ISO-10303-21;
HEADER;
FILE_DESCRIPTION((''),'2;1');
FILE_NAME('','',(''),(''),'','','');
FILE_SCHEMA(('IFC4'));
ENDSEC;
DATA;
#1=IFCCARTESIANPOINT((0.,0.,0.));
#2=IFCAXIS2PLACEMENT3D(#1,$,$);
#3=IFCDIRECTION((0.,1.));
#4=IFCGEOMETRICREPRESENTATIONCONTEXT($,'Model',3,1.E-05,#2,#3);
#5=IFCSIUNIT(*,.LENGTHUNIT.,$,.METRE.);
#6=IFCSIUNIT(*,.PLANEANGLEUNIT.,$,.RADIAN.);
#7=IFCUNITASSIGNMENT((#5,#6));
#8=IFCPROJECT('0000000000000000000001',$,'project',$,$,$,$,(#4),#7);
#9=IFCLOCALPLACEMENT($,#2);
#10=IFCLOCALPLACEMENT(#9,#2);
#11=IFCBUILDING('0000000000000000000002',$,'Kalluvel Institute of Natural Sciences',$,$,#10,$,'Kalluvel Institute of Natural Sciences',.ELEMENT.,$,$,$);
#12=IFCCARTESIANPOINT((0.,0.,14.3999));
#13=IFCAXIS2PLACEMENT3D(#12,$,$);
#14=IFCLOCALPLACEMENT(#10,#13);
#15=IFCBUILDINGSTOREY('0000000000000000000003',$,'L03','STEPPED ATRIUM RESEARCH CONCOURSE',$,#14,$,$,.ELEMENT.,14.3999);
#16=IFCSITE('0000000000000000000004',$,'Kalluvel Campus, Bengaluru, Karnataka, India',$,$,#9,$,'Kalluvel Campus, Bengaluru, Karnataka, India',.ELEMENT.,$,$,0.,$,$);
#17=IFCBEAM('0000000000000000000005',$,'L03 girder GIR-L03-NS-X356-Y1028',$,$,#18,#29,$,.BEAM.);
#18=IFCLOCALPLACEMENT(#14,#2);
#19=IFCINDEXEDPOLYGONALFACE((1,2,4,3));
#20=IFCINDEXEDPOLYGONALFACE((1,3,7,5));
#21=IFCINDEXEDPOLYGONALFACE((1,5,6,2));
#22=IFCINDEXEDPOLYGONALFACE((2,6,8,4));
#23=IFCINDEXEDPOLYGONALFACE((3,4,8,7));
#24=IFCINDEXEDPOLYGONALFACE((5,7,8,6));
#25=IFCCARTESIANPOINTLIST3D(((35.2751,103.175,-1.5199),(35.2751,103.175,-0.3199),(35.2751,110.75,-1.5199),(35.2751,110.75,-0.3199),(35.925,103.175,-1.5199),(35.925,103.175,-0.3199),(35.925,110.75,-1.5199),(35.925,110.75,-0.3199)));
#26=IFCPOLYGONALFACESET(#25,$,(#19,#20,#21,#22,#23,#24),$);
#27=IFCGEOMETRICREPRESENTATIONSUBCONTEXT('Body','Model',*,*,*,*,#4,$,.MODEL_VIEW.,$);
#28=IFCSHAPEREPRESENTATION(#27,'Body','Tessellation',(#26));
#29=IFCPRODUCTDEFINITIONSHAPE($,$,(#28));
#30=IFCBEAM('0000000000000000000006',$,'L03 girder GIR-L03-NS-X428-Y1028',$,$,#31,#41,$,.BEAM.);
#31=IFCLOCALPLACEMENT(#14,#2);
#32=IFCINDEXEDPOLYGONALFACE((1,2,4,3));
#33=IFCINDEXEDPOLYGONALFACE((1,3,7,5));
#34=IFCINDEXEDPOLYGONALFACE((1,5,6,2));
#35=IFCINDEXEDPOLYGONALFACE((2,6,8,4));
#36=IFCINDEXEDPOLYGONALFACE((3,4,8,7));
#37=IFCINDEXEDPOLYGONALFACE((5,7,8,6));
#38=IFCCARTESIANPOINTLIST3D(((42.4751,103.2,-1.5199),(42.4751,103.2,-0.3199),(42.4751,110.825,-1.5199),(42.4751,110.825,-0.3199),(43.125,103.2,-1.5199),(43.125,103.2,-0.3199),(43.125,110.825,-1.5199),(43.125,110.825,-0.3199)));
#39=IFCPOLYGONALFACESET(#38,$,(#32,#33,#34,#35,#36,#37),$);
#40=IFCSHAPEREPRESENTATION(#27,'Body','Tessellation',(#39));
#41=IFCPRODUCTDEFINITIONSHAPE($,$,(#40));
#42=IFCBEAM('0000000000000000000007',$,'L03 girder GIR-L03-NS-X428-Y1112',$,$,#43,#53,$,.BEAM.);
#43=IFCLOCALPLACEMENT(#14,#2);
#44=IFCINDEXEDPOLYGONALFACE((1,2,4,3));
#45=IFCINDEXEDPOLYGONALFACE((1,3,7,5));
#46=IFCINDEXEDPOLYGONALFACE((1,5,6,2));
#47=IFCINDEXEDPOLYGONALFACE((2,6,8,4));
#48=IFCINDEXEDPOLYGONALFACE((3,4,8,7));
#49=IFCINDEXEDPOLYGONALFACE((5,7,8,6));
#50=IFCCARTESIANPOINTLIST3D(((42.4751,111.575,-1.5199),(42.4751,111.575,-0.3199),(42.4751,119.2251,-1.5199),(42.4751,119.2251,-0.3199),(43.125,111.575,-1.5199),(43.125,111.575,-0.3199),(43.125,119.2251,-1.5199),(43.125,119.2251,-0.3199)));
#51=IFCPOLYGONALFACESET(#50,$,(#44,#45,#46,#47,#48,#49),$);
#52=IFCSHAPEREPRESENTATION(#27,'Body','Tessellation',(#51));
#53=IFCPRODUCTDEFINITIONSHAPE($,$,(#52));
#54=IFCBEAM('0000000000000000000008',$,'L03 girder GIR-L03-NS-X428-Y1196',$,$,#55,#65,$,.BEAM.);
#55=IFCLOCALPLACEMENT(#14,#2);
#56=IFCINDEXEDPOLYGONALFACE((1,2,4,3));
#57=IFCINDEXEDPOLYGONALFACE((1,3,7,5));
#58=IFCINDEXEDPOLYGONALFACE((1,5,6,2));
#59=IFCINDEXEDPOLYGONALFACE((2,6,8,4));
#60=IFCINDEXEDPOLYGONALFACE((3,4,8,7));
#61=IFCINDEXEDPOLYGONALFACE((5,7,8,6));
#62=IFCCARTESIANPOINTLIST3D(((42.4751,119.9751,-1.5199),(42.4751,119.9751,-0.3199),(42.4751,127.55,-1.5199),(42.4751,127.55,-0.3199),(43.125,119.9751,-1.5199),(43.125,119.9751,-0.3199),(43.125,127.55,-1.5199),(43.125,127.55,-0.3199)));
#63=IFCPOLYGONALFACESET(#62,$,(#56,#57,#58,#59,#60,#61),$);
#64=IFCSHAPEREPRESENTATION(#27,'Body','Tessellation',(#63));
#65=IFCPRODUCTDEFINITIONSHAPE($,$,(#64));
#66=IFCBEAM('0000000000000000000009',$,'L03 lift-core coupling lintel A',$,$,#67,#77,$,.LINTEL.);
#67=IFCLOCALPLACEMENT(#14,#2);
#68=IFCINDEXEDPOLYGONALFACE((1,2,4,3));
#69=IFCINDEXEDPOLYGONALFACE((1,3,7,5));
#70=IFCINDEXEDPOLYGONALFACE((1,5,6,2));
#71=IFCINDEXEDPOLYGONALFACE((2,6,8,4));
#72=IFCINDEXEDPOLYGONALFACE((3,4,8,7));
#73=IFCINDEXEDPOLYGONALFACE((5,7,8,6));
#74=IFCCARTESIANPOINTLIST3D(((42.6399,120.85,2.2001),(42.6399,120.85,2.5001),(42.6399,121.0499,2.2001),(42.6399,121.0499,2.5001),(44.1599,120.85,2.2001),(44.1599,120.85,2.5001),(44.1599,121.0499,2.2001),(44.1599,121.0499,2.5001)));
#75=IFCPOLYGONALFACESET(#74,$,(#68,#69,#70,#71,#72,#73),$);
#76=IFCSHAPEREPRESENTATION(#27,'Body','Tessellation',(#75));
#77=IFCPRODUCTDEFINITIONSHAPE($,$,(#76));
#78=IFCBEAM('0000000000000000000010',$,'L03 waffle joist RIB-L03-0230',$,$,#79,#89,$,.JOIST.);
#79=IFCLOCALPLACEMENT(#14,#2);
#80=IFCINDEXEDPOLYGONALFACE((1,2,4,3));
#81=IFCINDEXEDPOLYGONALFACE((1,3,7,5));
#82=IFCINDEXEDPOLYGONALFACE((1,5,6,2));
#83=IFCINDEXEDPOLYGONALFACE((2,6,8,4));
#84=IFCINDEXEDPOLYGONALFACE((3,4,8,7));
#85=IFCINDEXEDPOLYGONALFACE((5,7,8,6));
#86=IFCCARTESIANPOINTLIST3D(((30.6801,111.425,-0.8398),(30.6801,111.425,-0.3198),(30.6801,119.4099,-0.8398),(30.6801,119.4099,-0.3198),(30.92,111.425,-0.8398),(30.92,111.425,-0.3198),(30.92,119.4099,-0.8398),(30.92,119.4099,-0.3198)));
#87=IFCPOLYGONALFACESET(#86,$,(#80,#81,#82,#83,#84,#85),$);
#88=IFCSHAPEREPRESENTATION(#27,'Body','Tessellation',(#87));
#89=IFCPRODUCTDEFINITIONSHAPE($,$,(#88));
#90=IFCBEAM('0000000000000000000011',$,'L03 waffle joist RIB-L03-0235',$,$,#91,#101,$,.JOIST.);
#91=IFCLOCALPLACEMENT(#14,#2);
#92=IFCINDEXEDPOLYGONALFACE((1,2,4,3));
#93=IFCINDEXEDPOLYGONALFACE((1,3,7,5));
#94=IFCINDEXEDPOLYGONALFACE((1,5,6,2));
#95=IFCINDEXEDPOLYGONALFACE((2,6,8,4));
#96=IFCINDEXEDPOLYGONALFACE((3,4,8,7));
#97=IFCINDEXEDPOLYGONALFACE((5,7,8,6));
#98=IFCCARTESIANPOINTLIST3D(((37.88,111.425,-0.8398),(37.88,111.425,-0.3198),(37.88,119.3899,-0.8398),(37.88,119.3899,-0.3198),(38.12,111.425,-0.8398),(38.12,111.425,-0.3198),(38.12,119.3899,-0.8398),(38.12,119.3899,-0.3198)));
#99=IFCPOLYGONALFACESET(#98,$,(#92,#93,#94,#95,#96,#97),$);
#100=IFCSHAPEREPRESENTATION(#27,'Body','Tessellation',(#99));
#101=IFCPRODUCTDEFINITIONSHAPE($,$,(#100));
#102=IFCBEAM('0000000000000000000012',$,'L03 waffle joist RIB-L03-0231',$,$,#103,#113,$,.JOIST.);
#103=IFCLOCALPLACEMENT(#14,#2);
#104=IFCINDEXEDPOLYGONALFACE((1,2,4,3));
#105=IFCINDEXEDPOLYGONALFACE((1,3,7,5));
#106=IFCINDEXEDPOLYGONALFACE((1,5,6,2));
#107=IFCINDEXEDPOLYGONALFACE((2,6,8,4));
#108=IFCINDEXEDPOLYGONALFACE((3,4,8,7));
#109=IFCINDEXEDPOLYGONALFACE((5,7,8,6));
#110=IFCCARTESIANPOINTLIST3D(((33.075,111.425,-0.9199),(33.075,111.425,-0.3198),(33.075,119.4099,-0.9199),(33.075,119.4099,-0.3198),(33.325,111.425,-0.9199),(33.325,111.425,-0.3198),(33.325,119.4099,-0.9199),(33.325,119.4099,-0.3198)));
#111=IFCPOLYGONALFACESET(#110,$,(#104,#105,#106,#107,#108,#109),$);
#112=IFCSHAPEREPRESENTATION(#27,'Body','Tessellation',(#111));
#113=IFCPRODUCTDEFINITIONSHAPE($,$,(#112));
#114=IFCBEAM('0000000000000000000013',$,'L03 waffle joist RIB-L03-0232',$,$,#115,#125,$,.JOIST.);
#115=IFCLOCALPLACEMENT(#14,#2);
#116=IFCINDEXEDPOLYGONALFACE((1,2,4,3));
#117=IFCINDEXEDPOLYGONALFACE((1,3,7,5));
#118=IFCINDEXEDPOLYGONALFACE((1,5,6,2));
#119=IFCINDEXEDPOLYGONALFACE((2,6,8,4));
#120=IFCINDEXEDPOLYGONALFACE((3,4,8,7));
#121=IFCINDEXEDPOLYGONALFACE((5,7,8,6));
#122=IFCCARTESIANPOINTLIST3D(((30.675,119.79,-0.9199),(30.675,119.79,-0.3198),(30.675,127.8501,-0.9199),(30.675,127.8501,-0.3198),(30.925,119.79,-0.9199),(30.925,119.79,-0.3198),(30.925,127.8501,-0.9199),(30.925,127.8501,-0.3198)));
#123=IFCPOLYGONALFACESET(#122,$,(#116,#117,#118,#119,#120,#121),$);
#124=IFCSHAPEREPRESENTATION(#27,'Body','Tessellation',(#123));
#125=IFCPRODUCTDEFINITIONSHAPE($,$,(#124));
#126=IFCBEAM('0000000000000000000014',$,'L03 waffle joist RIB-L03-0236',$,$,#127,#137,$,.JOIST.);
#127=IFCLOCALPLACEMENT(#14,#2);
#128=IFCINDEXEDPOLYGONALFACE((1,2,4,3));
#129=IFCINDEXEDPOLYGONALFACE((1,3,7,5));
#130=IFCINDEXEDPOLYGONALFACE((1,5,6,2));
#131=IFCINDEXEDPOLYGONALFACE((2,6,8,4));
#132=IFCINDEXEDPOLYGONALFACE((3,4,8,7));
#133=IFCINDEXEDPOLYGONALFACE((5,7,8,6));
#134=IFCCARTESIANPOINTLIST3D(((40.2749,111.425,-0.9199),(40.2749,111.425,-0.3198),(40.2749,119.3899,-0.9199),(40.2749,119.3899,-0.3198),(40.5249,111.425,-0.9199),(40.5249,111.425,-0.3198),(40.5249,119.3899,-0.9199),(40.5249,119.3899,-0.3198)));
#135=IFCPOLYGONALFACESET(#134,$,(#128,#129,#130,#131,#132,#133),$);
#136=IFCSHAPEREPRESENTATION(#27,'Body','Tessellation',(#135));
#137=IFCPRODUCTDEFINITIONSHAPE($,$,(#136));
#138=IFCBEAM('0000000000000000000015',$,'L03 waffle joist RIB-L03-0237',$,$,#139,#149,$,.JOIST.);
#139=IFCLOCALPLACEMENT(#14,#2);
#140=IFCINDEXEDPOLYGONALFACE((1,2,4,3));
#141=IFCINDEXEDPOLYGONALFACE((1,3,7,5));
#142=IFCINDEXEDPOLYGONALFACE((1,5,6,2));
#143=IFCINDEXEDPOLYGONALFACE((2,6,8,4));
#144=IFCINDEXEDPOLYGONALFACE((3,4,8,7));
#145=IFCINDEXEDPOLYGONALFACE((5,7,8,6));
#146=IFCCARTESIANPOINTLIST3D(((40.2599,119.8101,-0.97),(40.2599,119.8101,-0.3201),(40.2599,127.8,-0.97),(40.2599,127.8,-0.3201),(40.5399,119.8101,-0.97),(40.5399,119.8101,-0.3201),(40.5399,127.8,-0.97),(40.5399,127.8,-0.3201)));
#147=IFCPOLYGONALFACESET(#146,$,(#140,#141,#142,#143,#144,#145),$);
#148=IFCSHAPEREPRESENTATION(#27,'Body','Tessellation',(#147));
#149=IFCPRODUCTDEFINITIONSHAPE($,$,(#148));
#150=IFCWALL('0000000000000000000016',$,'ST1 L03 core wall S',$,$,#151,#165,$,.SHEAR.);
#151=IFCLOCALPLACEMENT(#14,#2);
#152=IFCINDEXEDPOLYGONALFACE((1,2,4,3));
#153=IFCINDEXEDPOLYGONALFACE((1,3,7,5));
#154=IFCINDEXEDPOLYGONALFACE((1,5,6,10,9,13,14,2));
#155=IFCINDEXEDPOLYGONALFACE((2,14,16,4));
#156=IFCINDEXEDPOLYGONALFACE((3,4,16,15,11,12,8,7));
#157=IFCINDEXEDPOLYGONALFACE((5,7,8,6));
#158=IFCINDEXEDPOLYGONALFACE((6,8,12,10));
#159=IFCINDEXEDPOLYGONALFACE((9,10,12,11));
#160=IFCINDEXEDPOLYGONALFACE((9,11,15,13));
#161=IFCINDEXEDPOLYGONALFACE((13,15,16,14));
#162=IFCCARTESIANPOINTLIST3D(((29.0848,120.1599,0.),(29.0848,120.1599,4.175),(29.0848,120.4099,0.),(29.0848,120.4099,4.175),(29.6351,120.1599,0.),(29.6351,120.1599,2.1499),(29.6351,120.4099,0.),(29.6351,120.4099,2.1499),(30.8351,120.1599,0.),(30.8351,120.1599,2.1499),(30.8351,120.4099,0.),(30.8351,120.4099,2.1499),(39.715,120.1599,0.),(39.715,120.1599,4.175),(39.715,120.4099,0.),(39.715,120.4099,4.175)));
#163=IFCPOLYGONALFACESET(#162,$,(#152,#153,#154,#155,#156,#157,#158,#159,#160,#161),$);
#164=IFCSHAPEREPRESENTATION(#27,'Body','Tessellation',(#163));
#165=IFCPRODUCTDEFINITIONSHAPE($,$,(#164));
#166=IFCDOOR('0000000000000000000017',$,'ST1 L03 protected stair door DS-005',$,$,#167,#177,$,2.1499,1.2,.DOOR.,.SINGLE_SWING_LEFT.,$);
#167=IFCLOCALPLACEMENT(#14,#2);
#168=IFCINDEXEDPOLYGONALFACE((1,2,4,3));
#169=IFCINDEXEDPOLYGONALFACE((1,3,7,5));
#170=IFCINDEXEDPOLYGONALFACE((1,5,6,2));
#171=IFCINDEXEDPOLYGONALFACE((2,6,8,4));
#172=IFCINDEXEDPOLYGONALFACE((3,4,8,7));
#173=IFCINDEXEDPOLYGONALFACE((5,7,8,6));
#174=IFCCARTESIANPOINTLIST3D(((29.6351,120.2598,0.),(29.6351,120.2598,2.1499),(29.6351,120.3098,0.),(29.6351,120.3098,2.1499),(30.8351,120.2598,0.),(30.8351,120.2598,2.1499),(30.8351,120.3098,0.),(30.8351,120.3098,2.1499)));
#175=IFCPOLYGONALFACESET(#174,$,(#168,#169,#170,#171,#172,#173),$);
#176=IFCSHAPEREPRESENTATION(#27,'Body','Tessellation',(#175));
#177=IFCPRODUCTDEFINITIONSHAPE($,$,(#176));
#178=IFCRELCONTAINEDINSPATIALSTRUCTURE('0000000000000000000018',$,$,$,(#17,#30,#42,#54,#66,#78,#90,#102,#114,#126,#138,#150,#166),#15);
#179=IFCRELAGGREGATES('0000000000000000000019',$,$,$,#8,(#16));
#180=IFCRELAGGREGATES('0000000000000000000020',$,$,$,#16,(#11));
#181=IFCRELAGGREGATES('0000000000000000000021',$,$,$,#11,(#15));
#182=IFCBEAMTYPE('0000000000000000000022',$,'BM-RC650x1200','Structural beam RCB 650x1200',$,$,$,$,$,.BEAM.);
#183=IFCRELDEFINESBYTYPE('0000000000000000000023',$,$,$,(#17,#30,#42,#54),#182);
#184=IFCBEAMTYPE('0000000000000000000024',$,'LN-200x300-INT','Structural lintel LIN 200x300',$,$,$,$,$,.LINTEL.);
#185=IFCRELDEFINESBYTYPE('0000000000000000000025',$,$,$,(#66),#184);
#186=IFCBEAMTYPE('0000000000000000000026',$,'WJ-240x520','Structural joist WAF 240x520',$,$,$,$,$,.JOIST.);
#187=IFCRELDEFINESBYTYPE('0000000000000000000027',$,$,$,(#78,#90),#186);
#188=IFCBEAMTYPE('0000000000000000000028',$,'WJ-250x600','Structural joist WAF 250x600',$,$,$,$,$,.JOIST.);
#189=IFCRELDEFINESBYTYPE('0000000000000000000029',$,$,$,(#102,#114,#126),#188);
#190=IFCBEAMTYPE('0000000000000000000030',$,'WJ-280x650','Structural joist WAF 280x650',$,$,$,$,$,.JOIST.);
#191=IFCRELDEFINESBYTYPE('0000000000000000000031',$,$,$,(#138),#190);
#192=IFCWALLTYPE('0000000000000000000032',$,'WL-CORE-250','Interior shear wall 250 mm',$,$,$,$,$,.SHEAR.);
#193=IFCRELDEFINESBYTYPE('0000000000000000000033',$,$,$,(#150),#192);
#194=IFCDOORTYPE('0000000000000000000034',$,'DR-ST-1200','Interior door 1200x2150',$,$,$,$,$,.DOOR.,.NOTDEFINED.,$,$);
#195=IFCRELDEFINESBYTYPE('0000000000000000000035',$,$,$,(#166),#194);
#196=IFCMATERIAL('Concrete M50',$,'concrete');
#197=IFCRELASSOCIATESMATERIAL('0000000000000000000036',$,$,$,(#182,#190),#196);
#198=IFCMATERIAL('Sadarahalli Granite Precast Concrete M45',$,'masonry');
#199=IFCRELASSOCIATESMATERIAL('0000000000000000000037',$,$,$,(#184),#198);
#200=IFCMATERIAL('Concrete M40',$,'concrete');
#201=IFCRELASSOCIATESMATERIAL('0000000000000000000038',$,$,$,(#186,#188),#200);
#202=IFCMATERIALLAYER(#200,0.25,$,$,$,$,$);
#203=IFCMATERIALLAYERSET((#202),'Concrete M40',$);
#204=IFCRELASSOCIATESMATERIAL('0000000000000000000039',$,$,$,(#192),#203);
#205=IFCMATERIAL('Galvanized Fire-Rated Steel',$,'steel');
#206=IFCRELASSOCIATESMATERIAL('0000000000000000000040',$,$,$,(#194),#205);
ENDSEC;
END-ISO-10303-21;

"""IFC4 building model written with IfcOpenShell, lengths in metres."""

from ifc_helpers import new_model, si_unit, direction, frame, frame_2d, origin, origin_2d, place, context, subcontext, project, spatial, rectangle, extrude, material, layer, layer_set, material_profile, profile_set, type_object, element, fill, save


model = new_model("IFC4")

# Units and contexts
model_context = context("Model", 3, precision=1e-05, world=origin(), true_north=direction((0.0, 1.0)))
body_context = subcontext(model_context, "Body", "Model", "MODEL_VIEW")
ifc_project = project(units=[si_unit("LENGTHUNIT", "METRE"), si_unit("PLANEANGLEUNIT", "RADIAN")], contexts=[model_context])

# Site, building, storey
site_placement = place(None, origin())
site = spatial("IfcSite", under=ifc_project, at=site_placement, Name="Kalluvel Campus, Bengaluru, Karnataka, India", LongName="Kalluvel Campus, Bengaluru, Karnataka, India", CompositionType="ELEMENT", RefElevation=0.0)
building_placement = place(site_placement, origin())
building = spatial("IfcBuilding", under=site, at=building_placement, Name="Kalluvel Institute of Natural Sciences", LongName="Kalluvel Institute of Natural Sciences", CompositionType="ELEMENT")
storey_placement = place(building_placement, frame((0.0, 0.0, 14.3999)))
storey = spatial("IfcBuildingStorey", under=building, at=storey_placement, Name="L03", Description="STEPPED ATRIUM RESEARCH CONCOURSE", CompositionType="ELEMENT", Elevation=14.3999)

# Shared definitions
ifc_material_1 = material(Name="Concrete M50", Category="concrete")

# Beams
ifc_material_2 = material(Name="Concrete M40", Category="concrete")
ifc_material_profile_1 = material_profile(ifc_material_1, rectangle(XDim=0.6499, YDim=1.2, at=origin_2d()), Name="RCB 650x1200")
ifc_profile_set_1 = profile_set([ifc_material_profile_1], Name="Concrete M50")
beam_type_1 = type_object("IfcBeamType", Name="BM-RC650x1200", Description="Structural beam RCB 650x1200", PredefinedType="BEAM", material=ifc_profile_set_1)
beam_1_placement = place(storey_placement, frame((35.6001, 103.175, -0.9199), z_axis=(0.0, 1.0, 0.0), x_axis=(-1.0, 0.0, 0.0)))
element("IfcBeam", 1, at=beam_1_placement, inside=storey, type_object=beam_type_1, Name="L03 girder GIR-L03-NS-X356-Y1028", PredefinedType="BEAM", context=body_context, shape_type="SweptSolid", body=[
    extrude(rectangle(XDim=0.6499, YDim=1.2, at=origin_2d()), origin(), (0.0, 0.0, 1.0), 7.575),
])
beam_2_placement = place(storey_placement, frame((42.8, 103.2, -0.9199), z_axis=(0.0, 1.0, 0.0), x_axis=(-1.0, 0.0, 0.0)))
element("IfcBeam", 2, at=beam_2_placement, inside=storey, type_object=beam_type_1, Name="L03 girder GIR-L03-NS-X428-Y1028", PredefinedType="BEAM", context=body_context, shape_type="SweptSolid", body=[
    extrude(rectangle(XDim=0.6499, YDim=1.2, at=origin_2d()), origin(), (0.0, 0.0, 1.0), 7.625),
])
beam_3_placement = place(storey_placement, frame((42.8, 111.575, -0.9199), z_axis=(0.0, 1.0, 0.0), x_axis=(-1.0, 0.0, 0.0)))
element("IfcBeam", 3, at=beam_3_placement, inside=storey, type_object=beam_type_1, Name="L03 girder GIR-L03-NS-X428-Y1112", PredefinedType="BEAM", context=body_context, shape_type="SweptSolid", body=[
    extrude(rectangle(XDim=0.6499, YDim=1.2, at=origin_2d()), origin(), (0.0, 0.0, 1.0), 7.6501),
])
beam_4_placement = place(storey_placement, frame((42.8, 119.9751, -0.9199), z_axis=(0.0, 1.0, 0.0), x_axis=(-1.0, 0.0, 0.0)))
element("IfcBeam", 4, at=beam_4_placement, inside=storey, type_object=beam_type_1, Name="L03 girder GIR-L03-NS-X428-Y1196", PredefinedType="BEAM", context=body_context, shape_type="SweptSolid", body=[
    extrude(rectangle(XDim=0.6499, YDim=1.2, at=origin_2d()), origin(), (0.0, 0.0, 1.0), 7.575),
])
ifc_material_3 = material(Name="Sadarahalli Granite Precast Concrete M45", Category="masonry")
ifc_material_profile_2 = material_profile(ifc_material_3, rectangle(XDim=0.2, YDim=0.3, at=origin_2d()), Name="LIN 200x300")
ifc_profile_set_2 = profile_set([ifc_material_profile_2], Name="Sadarahalli Granite Precast Concrete M45")
beam_type_2 = type_object("IfcBeamType", Name="LN-200x300-INT", Description="Structural lintel LIN 200x300", PredefinedType="LINTEL", material=ifc_profile_set_2)
beam_5_placement = place(storey_placement, frame((42.6399, 120.95, 2.3501), z_axis=(1.0, 0.0, 0.0), x_axis=(0.0, 1.0, 0.0)))
element("IfcBeam", 5, at=beam_5_placement, inside=storey, type_object=beam_type_2, Name="L03 lift-core coupling lintel A", PredefinedType="LINTEL", context=body_context, shape_type="SweptSolid", body=[
    extrude(rectangle(XDim=0.2, YDim=0.3, at=origin_2d()), origin(), (0.0, 0.0, 1.0), 1.52),
])
ifc_material_profile_3 = material_profile(ifc_material_2, rectangle(XDim=0.24, YDim=0.52, at=origin_2d()), Name="WAF 240x520")
ifc_profile_set_3 = profile_set([ifc_material_profile_3], Name="Concrete M40")
beam_type_3 = type_object("IfcBeamType", Name="WJ-240x520", Description="Structural joist WAF 240x520", PredefinedType="JOIST", material=ifc_profile_set_3)
beam_6_placement = place(storey_placement, frame((30.8, 111.425, -0.5798), z_axis=(0.0, 1.0, 0.0), x_axis=(-1.0, 0.0, 0.0)))
element("IfcBeam", 6, at=beam_6_placement, inside=storey, type_object=beam_type_3, Name="L03 waffle joist RIB-L03-0230", PredefinedType="JOIST", context=body_context, shape_type="SweptSolid", body=[
    extrude(rectangle(XDim=0.24, YDim=0.52, at=origin_2d()), origin(), (0.0, 0.0, 1.0), 7.9849),
])
beam_7_placement = place(storey_placement, frame((38.0, 111.425, -0.5798), z_axis=(0.0, 1.0, 0.0), x_axis=(-1.0, 0.0, 0.0)))
element("IfcBeam", 7, at=beam_7_placement, inside=storey, type_object=beam_type_3, Name="L03 waffle joist RIB-L03-0235", PredefinedType="JOIST", context=body_context, shape_type="SweptSolid", body=[
    extrude(rectangle(XDim=0.24, YDim=0.52, at=origin_2d()), origin(), (0.0, 0.0, 1.0), 7.9648),
])
ifc_material_profile_4 = material_profile(ifc_material_2, rectangle(XDim=0.25, YDim=0.6001, at=origin_2d()), Name="WAF 250x600")
ifc_profile_set_4 = profile_set([ifc_material_profile_4], Name="Concrete M40")
beam_type_4 = type_object("IfcBeamType", Name="WJ-250x600", Description="Structural joist WAF 250x600", PredefinedType="JOIST", material=ifc_profile_set_4)
beam_8_placement = place(storey_placement, frame((33.2, 111.425, -0.6199), z_axis=(0.0, 1.0, 0.0), x_axis=(-1.0, 0.0, 0.0)))
element("IfcBeam", 8, at=beam_8_placement, inside=storey, type_object=beam_type_4, Name="L03 waffle joist RIB-L03-0231", PredefinedType="JOIST", context=body_context, shape_type="SweptSolid", body=[
    extrude(rectangle(XDim=0.25, YDim=0.6001, at=origin_2d()), origin(), (0.0, 0.0, 1.0), 7.9849),
])
beam_9_placement = place(storey_placement, frame((30.8, 119.79, -0.6199), z_axis=(0.0, 1.0, 0.0), x_axis=(-1.0, 0.0, 0.0)))
element("IfcBeam", 9, at=beam_9_placement, inside=storey, type_object=beam_type_4, Name="L03 waffle joist RIB-L03-0232", PredefinedType="JOIST", context=body_context, shape_type="SweptSolid", body=[
    extrude(rectangle(XDim=0.25, YDim=0.6001, at=origin_2d()), origin(), (0.0, 0.0, 1.0), 8.0601),
])
beam_10_placement = place(storey_placement, frame((40.3999, 111.425, -0.6199), z_axis=(0.0, 1.0, 0.0), x_axis=(-1.0, 0.0, 0.0)))
element("IfcBeam", 10, at=beam_10_placement, inside=storey, type_object=beam_type_4, Name="L03 waffle joist RIB-L03-0236", PredefinedType="JOIST", context=body_context, shape_type="SweptSolid", body=[
    extrude(rectangle(XDim=0.25, YDim=0.6001, at=origin_2d()), origin(), (0.0, 0.0, 1.0), 7.9648),
])
ifc_material_profile_5 = material_profile(ifc_material_1, rectangle(XDim=0.28, YDim=0.6499, at=origin_2d()), Name="WAF 280x650")
ifc_profile_set_5 = profile_set([ifc_material_profile_5], Name="Concrete M50")
beam_type_5 = type_object("IfcBeamType", Name="WJ-280x650", Description="Structural joist WAF 280x650", PredefinedType="JOIST", material=ifc_profile_set_5)
beam_11_placement = place(storey_placement, frame((40.3999, 119.8101, -0.645), z_axis=(0.0, 1.0, 0.0), x_axis=(-1.0, 0.0, 0.0)))
element("IfcBeam", 11, at=beam_11_placement, inside=storey, type_object=beam_type_5, Name="L03 waffle joist RIB-L03-0237", PredefinedType="JOIST", context=body_context, shape_type="SweptSolid", body=[
    extrude(rectangle(XDim=0.28, YDim=0.6499, at=origin_2d()), origin(), (0.0, 0.0, 1.0), 7.99),
])

# Wall, opening, door
ifc_layer_1 = layer(ifc_material_2, 0.25)
ifc_layer_set_1 = layer_set([ifc_layer_1], Name="Concrete M40")
wall_type_1 = type_object("IfcWallType", Name="WL-CORE-250", Description="Interior shear wall 250 mm", PredefinedType="SHEAR", material=ifc_layer_set_1)
wall_1_placement = place(storey_placement, frame((29.085, 120.2849, 0.0), z_axis=(0.0, 0.0, 1.0), x_axis=(1.0, 0.0, 0.0)))
wall_1 = element("IfcWall", 12, at=wall_1_placement, inside=storey, type_object=wall_type_1, Name="ST1 L03 core wall S", PredefinedType="SHEAR", context=body_context, shape_type="SweptSolid", body=[
    extrude(rectangle(XDim=10.6301, YDim=0.25, at=frame_2d((5.3149, 0.0))), origin(), (0.0, 0.0, 1.0), 4.175),
])
opening_1_placement = place(wall_1_placement, frame((0.55, 0.0, 0.0)))
opening_1 = element("IfcOpeningElement", 13, at=opening_1_placement, cuts=wall_1, PredefinedType="OPENING", context=body_context, shape_type="SweptSolid", body=[
    extrude(rectangle(XDim=1.2, YDim=2.1499, at=frame_2d((0.6001, 1.075))), frame((0.0, 0.135, 0.0), z_axis=(0.0, -1.0, 0.0), x_axis=(1.0, 0.0, 0.0)), (0.0, 0.0, 1.0), 0.27),
])
ifc_material_4 = material(Name="Galvanized Fire-Rated Steel", Category="steel")
door_type_1 = type_object("IfcDoorType", Name="DR-ST-1200", Description="Interior door 1200x2150", OperationType="NOTDEFINED", PredefinedType="DOOR", material=ifc_material_4)
door_1_placement = place(opening_1_placement, origin())
door_1 = element("IfcDoor", 14, at=door_1_placement, inside=storey, type_object=door_type_1, Name="ST1 L03 protected stair door DS-005", OperationType="SINGLE_SWING_LEFT", OverallHeight=2.1499, OverallWidth=1.2, PredefinedType="DOOR", context=body_context, shape_type="SweptSolid", body=[
    extrude(rectangle(XDim=1.2, YDim=2.1499, at=frame_2d((0.6001, 1.075))), frame((0.0, 0.0249, 0.0), z_axis=(0.0, -1.0, 0.0), x_axis=(1.0, 0.0, 0.0)), (0.0, 0.0, 1.0), 0.05),
])
fill(opening_1, door_1)

save(model, "model.ifc")
